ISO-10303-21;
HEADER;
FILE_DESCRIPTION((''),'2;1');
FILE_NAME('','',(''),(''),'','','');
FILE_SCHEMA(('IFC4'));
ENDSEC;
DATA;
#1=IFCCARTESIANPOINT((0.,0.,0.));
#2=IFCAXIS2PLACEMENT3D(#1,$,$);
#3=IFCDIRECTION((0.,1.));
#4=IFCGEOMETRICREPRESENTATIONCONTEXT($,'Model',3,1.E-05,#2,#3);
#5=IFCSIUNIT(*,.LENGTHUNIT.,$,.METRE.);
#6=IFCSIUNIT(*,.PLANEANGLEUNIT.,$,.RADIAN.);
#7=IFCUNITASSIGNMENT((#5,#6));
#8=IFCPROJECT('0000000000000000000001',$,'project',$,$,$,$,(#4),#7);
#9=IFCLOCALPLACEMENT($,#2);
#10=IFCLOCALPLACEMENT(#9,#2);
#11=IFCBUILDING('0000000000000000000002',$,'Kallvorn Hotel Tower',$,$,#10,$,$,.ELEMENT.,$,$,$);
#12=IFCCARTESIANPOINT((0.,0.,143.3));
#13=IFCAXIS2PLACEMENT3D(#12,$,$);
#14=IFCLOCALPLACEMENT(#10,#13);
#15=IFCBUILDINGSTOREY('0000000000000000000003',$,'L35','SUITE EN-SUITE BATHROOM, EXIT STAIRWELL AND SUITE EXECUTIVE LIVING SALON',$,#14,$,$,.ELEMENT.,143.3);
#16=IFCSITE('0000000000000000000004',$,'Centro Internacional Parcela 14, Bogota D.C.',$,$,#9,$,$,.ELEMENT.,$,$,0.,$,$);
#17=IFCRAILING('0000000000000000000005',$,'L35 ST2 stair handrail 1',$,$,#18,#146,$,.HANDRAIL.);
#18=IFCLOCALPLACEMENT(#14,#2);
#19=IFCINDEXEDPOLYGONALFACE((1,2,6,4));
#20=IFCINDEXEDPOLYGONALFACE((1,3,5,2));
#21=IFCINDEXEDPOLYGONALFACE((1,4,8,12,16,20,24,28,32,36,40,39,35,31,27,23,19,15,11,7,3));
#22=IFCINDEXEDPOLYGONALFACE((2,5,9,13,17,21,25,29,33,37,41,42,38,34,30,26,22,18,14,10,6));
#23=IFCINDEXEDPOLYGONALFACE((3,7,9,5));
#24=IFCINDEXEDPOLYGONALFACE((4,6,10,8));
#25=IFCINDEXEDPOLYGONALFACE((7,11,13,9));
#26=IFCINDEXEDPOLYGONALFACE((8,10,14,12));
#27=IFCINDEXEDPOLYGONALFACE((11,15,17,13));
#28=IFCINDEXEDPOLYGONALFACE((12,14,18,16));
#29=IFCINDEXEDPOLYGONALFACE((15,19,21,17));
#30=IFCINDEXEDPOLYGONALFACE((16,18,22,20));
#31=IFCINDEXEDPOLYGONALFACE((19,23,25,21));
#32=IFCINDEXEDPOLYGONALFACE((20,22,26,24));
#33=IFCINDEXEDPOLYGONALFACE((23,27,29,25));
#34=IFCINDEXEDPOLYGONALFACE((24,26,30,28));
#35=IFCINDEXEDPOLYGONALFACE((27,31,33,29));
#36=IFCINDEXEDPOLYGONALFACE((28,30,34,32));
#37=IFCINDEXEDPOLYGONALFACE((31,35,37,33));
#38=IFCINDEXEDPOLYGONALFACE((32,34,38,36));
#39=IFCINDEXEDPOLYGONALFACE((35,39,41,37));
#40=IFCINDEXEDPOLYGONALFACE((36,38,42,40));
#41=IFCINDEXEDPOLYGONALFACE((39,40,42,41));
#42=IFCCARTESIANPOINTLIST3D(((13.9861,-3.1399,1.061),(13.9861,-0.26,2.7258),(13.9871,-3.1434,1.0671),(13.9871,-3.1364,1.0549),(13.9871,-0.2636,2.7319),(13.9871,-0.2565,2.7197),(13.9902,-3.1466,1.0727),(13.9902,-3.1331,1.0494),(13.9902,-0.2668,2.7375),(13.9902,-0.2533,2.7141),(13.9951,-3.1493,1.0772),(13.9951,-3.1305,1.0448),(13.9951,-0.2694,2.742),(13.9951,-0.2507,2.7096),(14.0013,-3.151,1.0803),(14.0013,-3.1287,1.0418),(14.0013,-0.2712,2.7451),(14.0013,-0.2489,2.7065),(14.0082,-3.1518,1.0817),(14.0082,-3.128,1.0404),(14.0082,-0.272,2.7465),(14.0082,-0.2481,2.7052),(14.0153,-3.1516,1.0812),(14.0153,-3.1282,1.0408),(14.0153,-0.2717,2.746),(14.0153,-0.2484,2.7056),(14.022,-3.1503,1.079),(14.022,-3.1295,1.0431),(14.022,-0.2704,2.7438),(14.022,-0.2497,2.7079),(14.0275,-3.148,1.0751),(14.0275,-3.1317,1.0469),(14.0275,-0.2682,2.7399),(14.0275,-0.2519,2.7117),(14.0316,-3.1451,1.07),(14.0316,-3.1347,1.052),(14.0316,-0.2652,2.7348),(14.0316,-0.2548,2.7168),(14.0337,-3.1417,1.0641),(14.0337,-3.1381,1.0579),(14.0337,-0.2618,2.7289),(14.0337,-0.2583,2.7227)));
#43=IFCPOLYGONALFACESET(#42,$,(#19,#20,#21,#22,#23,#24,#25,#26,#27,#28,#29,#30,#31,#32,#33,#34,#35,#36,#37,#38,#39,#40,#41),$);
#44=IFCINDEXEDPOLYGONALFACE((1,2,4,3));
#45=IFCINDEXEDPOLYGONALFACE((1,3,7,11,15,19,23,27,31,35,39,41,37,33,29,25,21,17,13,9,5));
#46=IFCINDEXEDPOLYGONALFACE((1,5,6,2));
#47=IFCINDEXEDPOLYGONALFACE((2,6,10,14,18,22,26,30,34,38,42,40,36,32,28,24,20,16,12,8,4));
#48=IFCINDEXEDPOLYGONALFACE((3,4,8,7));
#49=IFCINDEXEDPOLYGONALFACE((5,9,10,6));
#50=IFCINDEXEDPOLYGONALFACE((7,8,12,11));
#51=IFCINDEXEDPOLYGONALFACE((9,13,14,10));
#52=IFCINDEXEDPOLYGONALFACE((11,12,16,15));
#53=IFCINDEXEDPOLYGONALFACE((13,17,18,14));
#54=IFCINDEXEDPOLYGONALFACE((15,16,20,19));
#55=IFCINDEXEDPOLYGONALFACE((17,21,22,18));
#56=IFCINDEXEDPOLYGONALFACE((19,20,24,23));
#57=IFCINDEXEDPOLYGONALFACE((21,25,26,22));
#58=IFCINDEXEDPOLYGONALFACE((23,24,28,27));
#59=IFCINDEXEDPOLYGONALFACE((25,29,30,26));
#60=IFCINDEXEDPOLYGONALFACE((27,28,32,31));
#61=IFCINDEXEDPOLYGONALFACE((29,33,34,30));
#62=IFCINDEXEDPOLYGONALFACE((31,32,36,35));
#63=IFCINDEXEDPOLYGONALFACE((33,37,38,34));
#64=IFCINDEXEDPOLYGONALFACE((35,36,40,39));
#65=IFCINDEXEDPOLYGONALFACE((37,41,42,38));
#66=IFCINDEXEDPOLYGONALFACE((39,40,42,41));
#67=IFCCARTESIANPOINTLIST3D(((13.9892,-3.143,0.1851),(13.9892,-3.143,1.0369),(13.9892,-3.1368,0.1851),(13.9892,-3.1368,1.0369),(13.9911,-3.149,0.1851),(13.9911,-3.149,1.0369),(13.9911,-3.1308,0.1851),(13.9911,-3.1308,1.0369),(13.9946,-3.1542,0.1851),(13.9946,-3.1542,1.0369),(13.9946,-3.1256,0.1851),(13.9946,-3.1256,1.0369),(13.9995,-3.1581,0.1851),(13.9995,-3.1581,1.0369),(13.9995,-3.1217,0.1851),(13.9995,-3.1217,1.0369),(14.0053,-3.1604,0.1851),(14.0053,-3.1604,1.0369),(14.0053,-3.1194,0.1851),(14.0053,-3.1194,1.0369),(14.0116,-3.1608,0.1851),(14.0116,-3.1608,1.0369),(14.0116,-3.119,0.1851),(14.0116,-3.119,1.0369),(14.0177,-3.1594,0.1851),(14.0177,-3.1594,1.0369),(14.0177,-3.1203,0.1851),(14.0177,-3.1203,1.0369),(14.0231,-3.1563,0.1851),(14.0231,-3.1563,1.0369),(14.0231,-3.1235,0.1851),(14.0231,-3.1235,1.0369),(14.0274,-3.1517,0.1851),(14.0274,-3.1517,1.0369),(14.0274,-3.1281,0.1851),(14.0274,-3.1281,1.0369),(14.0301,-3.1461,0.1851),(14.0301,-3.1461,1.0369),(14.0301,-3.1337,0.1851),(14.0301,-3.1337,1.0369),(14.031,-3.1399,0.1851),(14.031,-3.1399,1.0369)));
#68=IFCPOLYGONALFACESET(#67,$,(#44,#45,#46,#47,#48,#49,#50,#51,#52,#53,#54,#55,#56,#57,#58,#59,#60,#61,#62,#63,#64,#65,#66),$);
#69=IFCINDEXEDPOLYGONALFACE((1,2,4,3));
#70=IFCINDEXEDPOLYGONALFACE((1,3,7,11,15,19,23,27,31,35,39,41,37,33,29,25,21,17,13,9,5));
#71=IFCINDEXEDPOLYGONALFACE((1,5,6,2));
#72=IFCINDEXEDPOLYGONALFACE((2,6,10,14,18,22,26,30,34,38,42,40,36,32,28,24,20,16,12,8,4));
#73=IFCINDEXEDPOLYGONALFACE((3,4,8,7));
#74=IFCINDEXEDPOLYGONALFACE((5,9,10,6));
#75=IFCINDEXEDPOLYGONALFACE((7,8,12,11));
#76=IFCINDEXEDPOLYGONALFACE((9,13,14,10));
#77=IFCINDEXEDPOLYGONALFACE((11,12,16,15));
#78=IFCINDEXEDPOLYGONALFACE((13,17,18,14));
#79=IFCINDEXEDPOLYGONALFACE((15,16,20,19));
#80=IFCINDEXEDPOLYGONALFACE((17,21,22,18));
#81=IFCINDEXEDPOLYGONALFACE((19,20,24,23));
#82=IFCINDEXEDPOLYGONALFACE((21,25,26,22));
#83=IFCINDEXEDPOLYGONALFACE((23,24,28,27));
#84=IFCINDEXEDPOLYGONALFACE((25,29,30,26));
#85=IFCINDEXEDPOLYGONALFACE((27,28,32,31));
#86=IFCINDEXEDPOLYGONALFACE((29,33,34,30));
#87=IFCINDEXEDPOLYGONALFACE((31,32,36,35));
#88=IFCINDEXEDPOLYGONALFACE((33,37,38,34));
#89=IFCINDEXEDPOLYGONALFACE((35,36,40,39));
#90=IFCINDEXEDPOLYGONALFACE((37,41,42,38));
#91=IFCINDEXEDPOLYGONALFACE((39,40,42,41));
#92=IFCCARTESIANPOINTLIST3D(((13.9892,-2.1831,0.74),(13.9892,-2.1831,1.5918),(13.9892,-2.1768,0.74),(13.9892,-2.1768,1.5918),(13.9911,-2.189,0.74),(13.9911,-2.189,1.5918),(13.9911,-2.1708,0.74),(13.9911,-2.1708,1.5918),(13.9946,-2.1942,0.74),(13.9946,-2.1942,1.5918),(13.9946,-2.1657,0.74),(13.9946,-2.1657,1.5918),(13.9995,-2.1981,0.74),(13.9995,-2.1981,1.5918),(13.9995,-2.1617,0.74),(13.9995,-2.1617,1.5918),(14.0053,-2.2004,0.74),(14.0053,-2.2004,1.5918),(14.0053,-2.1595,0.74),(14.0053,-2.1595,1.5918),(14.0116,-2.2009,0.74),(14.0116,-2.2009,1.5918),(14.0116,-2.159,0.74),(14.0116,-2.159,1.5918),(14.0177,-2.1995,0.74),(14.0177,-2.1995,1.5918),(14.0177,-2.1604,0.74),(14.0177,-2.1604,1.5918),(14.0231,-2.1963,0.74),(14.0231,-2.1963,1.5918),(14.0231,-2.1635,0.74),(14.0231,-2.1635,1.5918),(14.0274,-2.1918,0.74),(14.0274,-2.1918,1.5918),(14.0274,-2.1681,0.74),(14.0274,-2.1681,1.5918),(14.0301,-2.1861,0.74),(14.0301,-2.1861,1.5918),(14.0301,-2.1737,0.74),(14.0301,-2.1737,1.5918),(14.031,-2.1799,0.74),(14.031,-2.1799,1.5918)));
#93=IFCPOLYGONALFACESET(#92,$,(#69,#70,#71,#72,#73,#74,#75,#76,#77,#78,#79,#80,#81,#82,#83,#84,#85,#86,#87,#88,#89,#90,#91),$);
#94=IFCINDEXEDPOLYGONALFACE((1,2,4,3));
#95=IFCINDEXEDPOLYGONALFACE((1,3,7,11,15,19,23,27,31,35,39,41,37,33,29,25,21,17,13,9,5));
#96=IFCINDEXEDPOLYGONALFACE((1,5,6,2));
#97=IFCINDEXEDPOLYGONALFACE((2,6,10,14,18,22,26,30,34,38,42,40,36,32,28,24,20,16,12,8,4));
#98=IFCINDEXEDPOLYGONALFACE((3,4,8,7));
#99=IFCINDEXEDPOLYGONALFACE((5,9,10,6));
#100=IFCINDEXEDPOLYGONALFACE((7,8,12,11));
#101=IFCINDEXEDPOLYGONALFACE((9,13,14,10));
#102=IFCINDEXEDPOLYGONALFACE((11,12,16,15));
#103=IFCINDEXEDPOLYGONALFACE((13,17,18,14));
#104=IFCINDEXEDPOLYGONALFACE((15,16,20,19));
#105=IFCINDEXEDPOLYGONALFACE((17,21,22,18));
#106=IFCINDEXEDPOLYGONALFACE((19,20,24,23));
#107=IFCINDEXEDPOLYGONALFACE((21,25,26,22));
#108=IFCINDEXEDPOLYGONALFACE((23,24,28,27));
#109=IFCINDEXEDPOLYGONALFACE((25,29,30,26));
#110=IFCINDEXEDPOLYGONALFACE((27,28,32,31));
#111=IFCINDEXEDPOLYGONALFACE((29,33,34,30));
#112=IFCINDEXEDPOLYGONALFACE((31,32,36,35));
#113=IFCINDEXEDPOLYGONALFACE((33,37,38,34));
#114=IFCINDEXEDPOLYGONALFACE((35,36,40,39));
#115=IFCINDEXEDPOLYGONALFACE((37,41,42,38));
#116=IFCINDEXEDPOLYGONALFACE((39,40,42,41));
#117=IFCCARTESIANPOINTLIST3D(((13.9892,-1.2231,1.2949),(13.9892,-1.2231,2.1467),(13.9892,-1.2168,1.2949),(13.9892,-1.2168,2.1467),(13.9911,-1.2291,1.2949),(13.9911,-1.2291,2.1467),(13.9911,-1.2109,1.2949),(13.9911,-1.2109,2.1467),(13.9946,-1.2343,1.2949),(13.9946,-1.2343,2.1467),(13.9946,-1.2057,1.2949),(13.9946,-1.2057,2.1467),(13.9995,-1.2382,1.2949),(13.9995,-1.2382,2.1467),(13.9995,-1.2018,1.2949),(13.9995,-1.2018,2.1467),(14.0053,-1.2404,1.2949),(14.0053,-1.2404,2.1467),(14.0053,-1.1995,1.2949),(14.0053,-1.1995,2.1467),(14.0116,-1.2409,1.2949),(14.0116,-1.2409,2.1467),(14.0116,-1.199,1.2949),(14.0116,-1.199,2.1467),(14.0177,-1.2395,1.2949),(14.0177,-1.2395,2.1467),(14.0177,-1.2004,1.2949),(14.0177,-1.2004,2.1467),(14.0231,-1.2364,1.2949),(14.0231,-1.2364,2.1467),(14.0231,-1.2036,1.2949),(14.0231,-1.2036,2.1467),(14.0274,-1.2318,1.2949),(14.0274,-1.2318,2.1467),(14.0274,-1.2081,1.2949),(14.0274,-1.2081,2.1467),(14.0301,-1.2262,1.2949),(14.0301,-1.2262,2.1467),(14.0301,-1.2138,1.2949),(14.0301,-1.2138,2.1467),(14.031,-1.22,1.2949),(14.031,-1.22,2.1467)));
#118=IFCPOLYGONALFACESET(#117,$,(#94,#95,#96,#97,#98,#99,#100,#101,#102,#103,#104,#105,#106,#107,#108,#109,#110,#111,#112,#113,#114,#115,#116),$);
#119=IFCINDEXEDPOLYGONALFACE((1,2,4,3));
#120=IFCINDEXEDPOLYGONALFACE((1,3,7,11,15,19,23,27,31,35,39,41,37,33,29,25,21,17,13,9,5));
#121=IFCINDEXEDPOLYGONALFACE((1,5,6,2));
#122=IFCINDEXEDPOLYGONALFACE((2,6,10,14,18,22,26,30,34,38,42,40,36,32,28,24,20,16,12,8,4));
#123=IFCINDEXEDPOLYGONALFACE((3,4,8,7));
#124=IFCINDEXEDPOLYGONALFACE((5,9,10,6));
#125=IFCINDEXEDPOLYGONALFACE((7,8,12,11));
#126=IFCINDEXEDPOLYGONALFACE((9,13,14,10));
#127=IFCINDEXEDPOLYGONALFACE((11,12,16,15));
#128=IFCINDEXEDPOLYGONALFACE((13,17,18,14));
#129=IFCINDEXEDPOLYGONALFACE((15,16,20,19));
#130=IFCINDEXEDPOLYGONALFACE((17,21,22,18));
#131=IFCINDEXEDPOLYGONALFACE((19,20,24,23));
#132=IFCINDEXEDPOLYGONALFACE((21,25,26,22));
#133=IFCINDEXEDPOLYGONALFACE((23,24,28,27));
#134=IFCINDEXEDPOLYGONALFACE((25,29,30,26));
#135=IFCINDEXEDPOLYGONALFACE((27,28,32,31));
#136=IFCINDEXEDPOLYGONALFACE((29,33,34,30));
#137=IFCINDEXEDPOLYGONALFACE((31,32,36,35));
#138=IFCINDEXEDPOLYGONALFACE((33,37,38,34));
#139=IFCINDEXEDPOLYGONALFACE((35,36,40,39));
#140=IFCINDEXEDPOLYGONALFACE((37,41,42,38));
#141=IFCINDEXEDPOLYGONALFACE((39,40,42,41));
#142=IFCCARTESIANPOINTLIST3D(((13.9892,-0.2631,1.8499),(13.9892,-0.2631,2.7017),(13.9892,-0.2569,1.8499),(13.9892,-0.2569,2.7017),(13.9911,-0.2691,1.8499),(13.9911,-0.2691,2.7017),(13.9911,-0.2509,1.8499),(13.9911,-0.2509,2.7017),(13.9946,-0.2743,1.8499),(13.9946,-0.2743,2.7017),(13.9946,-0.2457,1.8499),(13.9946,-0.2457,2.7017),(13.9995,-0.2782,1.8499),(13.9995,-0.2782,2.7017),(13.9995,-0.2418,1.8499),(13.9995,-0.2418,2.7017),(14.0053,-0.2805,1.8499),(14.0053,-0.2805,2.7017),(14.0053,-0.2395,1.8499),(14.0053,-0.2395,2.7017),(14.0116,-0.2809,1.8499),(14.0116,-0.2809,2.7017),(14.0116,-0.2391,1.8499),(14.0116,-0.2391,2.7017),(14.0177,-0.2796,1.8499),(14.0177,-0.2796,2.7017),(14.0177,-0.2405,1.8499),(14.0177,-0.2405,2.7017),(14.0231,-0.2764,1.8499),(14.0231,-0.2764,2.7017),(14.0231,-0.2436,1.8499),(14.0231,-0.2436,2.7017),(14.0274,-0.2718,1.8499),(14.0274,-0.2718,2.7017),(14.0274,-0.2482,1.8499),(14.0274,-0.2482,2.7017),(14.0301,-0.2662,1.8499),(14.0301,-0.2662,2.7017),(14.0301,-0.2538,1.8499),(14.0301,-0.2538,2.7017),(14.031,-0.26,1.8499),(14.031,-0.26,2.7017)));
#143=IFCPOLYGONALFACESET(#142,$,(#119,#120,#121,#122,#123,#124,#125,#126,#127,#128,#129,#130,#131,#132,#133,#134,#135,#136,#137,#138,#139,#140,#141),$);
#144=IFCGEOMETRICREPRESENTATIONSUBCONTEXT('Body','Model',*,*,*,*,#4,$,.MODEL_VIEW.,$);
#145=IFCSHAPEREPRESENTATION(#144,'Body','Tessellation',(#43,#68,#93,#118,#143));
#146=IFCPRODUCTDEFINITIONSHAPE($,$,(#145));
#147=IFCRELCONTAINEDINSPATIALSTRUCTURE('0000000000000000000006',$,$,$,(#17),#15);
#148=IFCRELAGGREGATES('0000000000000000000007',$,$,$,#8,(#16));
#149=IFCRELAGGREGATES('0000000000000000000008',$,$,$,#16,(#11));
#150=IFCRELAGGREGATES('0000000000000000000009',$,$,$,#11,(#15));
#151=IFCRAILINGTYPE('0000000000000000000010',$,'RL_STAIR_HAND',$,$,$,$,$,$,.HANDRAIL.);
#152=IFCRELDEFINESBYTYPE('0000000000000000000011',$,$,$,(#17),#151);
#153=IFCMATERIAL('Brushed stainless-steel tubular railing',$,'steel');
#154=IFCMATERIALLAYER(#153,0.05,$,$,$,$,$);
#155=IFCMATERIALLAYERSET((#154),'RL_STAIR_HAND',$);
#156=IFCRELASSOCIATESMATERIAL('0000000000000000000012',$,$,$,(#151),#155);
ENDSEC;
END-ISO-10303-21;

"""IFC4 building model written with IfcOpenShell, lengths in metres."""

from ifc_helpers import new_model, si_unit, direction, frame, origin, origin_2d, place, context, subcontext, project, spatial, circle, extrude, material, layer, layer_set, type_object, element, save


model = new_model("IFC4")

# Units and contexts
model_context = context("Model", 3, precision=1e-05, world=origin(), true_north=direction((0.0, 1.0)))
body_context = subcontext(model_context, "Body", "Model", "MODEL_VIEW")
ifc_project = project(units=[si_unit("LENGTHUNIT", "METRE"), si_unit("PLANEANGLEUNIT", "RADIAN")], contexts=[model_context])

# Site, building, storey
site_placement = place(None, origin())
site = spatial("IfcSite", under=ifc_project, at=site_placement, Name="Centro Internacional Parcela 14, Bogota D.C.", CompositionType="ELEMENT", RefElevation=0.0)
building_placement = place(site_placement, origin())
building = spatial("IfcBuilding", under=site, at=building_placement, Name="Kallvorn Hotel Tower", CompositionType="ELEMENT")
storey_placement = place(building_placement, frame((0.0, 0.0, 143.3)))
storey = spatial("IfcBuildingStorey", under=building, at=storey_placement, Name="L35", Description="SUITE EN-SUITE BATHROOM, EXIT STAIRWELL AND SUITE EXECUTIVE LIVING SALON", CompositionType="ELEMENT", Elevation=143.3)

# Railing
ifc_material_1 = material(Name="Brushed stainless-steel tubular railing", Category="steel")
ifc_layer_1 = layer(ifc_material_1, 0.05)
ifc_layer_set_1 = layer_set([ifc_layer_1], Name="RL_STAIR_HAND")
railing_type_1 = type_object("IfcRailingType", Name="RL_STAIR_HAND", PredefinedType="HANDRAIL", material=ifc_layer_set_1)
railing_1_placement = place(storey_placement, frame((14.01, -3.1399, 0.1851)))
element("IfcRailing", 1, at=railing_1_placement, inside=storey, type_object=railing_type_1, Name="L35 ST2 stair handrail 1", PredefinedType="HANDRAIL", context=body_context, shape_type="SweptSolid", body=[
    extrude(circle(Radius=0.0239, at=origin_2d()), frame((0.0, 0.0, 0.876), z_axis=(0.0, 0.865753, 0.500472), x_axis=(-1.0, 0.0, 0.0)), (0.0, 0.0, 1.0), 3.3264),
    extrude(circle(Radius=0.021, at=origin_2d()), origin(), (0.0, 0.0, 1.0), 0.8518),
    extrude(circle(Radius=0.021, at=origin_2d()), frame((0.0, 0.96, 0.5549)), (0.0, 0.0, 1.0), 0.8518),
    extrude(circle(Radius=0.021, at=origin_2d()), frame((0.0, 1.9199, 1.1099)), (0.0, 0.0, 1.0), 0.8518),
    extrude(circle(Radius=0.021, at=origin_2d()), frame((0.0, 2.8799, 1.6648)), (0.0, 0.0, 1.0), 0.8518),
])

save(model, "model.ifc")
